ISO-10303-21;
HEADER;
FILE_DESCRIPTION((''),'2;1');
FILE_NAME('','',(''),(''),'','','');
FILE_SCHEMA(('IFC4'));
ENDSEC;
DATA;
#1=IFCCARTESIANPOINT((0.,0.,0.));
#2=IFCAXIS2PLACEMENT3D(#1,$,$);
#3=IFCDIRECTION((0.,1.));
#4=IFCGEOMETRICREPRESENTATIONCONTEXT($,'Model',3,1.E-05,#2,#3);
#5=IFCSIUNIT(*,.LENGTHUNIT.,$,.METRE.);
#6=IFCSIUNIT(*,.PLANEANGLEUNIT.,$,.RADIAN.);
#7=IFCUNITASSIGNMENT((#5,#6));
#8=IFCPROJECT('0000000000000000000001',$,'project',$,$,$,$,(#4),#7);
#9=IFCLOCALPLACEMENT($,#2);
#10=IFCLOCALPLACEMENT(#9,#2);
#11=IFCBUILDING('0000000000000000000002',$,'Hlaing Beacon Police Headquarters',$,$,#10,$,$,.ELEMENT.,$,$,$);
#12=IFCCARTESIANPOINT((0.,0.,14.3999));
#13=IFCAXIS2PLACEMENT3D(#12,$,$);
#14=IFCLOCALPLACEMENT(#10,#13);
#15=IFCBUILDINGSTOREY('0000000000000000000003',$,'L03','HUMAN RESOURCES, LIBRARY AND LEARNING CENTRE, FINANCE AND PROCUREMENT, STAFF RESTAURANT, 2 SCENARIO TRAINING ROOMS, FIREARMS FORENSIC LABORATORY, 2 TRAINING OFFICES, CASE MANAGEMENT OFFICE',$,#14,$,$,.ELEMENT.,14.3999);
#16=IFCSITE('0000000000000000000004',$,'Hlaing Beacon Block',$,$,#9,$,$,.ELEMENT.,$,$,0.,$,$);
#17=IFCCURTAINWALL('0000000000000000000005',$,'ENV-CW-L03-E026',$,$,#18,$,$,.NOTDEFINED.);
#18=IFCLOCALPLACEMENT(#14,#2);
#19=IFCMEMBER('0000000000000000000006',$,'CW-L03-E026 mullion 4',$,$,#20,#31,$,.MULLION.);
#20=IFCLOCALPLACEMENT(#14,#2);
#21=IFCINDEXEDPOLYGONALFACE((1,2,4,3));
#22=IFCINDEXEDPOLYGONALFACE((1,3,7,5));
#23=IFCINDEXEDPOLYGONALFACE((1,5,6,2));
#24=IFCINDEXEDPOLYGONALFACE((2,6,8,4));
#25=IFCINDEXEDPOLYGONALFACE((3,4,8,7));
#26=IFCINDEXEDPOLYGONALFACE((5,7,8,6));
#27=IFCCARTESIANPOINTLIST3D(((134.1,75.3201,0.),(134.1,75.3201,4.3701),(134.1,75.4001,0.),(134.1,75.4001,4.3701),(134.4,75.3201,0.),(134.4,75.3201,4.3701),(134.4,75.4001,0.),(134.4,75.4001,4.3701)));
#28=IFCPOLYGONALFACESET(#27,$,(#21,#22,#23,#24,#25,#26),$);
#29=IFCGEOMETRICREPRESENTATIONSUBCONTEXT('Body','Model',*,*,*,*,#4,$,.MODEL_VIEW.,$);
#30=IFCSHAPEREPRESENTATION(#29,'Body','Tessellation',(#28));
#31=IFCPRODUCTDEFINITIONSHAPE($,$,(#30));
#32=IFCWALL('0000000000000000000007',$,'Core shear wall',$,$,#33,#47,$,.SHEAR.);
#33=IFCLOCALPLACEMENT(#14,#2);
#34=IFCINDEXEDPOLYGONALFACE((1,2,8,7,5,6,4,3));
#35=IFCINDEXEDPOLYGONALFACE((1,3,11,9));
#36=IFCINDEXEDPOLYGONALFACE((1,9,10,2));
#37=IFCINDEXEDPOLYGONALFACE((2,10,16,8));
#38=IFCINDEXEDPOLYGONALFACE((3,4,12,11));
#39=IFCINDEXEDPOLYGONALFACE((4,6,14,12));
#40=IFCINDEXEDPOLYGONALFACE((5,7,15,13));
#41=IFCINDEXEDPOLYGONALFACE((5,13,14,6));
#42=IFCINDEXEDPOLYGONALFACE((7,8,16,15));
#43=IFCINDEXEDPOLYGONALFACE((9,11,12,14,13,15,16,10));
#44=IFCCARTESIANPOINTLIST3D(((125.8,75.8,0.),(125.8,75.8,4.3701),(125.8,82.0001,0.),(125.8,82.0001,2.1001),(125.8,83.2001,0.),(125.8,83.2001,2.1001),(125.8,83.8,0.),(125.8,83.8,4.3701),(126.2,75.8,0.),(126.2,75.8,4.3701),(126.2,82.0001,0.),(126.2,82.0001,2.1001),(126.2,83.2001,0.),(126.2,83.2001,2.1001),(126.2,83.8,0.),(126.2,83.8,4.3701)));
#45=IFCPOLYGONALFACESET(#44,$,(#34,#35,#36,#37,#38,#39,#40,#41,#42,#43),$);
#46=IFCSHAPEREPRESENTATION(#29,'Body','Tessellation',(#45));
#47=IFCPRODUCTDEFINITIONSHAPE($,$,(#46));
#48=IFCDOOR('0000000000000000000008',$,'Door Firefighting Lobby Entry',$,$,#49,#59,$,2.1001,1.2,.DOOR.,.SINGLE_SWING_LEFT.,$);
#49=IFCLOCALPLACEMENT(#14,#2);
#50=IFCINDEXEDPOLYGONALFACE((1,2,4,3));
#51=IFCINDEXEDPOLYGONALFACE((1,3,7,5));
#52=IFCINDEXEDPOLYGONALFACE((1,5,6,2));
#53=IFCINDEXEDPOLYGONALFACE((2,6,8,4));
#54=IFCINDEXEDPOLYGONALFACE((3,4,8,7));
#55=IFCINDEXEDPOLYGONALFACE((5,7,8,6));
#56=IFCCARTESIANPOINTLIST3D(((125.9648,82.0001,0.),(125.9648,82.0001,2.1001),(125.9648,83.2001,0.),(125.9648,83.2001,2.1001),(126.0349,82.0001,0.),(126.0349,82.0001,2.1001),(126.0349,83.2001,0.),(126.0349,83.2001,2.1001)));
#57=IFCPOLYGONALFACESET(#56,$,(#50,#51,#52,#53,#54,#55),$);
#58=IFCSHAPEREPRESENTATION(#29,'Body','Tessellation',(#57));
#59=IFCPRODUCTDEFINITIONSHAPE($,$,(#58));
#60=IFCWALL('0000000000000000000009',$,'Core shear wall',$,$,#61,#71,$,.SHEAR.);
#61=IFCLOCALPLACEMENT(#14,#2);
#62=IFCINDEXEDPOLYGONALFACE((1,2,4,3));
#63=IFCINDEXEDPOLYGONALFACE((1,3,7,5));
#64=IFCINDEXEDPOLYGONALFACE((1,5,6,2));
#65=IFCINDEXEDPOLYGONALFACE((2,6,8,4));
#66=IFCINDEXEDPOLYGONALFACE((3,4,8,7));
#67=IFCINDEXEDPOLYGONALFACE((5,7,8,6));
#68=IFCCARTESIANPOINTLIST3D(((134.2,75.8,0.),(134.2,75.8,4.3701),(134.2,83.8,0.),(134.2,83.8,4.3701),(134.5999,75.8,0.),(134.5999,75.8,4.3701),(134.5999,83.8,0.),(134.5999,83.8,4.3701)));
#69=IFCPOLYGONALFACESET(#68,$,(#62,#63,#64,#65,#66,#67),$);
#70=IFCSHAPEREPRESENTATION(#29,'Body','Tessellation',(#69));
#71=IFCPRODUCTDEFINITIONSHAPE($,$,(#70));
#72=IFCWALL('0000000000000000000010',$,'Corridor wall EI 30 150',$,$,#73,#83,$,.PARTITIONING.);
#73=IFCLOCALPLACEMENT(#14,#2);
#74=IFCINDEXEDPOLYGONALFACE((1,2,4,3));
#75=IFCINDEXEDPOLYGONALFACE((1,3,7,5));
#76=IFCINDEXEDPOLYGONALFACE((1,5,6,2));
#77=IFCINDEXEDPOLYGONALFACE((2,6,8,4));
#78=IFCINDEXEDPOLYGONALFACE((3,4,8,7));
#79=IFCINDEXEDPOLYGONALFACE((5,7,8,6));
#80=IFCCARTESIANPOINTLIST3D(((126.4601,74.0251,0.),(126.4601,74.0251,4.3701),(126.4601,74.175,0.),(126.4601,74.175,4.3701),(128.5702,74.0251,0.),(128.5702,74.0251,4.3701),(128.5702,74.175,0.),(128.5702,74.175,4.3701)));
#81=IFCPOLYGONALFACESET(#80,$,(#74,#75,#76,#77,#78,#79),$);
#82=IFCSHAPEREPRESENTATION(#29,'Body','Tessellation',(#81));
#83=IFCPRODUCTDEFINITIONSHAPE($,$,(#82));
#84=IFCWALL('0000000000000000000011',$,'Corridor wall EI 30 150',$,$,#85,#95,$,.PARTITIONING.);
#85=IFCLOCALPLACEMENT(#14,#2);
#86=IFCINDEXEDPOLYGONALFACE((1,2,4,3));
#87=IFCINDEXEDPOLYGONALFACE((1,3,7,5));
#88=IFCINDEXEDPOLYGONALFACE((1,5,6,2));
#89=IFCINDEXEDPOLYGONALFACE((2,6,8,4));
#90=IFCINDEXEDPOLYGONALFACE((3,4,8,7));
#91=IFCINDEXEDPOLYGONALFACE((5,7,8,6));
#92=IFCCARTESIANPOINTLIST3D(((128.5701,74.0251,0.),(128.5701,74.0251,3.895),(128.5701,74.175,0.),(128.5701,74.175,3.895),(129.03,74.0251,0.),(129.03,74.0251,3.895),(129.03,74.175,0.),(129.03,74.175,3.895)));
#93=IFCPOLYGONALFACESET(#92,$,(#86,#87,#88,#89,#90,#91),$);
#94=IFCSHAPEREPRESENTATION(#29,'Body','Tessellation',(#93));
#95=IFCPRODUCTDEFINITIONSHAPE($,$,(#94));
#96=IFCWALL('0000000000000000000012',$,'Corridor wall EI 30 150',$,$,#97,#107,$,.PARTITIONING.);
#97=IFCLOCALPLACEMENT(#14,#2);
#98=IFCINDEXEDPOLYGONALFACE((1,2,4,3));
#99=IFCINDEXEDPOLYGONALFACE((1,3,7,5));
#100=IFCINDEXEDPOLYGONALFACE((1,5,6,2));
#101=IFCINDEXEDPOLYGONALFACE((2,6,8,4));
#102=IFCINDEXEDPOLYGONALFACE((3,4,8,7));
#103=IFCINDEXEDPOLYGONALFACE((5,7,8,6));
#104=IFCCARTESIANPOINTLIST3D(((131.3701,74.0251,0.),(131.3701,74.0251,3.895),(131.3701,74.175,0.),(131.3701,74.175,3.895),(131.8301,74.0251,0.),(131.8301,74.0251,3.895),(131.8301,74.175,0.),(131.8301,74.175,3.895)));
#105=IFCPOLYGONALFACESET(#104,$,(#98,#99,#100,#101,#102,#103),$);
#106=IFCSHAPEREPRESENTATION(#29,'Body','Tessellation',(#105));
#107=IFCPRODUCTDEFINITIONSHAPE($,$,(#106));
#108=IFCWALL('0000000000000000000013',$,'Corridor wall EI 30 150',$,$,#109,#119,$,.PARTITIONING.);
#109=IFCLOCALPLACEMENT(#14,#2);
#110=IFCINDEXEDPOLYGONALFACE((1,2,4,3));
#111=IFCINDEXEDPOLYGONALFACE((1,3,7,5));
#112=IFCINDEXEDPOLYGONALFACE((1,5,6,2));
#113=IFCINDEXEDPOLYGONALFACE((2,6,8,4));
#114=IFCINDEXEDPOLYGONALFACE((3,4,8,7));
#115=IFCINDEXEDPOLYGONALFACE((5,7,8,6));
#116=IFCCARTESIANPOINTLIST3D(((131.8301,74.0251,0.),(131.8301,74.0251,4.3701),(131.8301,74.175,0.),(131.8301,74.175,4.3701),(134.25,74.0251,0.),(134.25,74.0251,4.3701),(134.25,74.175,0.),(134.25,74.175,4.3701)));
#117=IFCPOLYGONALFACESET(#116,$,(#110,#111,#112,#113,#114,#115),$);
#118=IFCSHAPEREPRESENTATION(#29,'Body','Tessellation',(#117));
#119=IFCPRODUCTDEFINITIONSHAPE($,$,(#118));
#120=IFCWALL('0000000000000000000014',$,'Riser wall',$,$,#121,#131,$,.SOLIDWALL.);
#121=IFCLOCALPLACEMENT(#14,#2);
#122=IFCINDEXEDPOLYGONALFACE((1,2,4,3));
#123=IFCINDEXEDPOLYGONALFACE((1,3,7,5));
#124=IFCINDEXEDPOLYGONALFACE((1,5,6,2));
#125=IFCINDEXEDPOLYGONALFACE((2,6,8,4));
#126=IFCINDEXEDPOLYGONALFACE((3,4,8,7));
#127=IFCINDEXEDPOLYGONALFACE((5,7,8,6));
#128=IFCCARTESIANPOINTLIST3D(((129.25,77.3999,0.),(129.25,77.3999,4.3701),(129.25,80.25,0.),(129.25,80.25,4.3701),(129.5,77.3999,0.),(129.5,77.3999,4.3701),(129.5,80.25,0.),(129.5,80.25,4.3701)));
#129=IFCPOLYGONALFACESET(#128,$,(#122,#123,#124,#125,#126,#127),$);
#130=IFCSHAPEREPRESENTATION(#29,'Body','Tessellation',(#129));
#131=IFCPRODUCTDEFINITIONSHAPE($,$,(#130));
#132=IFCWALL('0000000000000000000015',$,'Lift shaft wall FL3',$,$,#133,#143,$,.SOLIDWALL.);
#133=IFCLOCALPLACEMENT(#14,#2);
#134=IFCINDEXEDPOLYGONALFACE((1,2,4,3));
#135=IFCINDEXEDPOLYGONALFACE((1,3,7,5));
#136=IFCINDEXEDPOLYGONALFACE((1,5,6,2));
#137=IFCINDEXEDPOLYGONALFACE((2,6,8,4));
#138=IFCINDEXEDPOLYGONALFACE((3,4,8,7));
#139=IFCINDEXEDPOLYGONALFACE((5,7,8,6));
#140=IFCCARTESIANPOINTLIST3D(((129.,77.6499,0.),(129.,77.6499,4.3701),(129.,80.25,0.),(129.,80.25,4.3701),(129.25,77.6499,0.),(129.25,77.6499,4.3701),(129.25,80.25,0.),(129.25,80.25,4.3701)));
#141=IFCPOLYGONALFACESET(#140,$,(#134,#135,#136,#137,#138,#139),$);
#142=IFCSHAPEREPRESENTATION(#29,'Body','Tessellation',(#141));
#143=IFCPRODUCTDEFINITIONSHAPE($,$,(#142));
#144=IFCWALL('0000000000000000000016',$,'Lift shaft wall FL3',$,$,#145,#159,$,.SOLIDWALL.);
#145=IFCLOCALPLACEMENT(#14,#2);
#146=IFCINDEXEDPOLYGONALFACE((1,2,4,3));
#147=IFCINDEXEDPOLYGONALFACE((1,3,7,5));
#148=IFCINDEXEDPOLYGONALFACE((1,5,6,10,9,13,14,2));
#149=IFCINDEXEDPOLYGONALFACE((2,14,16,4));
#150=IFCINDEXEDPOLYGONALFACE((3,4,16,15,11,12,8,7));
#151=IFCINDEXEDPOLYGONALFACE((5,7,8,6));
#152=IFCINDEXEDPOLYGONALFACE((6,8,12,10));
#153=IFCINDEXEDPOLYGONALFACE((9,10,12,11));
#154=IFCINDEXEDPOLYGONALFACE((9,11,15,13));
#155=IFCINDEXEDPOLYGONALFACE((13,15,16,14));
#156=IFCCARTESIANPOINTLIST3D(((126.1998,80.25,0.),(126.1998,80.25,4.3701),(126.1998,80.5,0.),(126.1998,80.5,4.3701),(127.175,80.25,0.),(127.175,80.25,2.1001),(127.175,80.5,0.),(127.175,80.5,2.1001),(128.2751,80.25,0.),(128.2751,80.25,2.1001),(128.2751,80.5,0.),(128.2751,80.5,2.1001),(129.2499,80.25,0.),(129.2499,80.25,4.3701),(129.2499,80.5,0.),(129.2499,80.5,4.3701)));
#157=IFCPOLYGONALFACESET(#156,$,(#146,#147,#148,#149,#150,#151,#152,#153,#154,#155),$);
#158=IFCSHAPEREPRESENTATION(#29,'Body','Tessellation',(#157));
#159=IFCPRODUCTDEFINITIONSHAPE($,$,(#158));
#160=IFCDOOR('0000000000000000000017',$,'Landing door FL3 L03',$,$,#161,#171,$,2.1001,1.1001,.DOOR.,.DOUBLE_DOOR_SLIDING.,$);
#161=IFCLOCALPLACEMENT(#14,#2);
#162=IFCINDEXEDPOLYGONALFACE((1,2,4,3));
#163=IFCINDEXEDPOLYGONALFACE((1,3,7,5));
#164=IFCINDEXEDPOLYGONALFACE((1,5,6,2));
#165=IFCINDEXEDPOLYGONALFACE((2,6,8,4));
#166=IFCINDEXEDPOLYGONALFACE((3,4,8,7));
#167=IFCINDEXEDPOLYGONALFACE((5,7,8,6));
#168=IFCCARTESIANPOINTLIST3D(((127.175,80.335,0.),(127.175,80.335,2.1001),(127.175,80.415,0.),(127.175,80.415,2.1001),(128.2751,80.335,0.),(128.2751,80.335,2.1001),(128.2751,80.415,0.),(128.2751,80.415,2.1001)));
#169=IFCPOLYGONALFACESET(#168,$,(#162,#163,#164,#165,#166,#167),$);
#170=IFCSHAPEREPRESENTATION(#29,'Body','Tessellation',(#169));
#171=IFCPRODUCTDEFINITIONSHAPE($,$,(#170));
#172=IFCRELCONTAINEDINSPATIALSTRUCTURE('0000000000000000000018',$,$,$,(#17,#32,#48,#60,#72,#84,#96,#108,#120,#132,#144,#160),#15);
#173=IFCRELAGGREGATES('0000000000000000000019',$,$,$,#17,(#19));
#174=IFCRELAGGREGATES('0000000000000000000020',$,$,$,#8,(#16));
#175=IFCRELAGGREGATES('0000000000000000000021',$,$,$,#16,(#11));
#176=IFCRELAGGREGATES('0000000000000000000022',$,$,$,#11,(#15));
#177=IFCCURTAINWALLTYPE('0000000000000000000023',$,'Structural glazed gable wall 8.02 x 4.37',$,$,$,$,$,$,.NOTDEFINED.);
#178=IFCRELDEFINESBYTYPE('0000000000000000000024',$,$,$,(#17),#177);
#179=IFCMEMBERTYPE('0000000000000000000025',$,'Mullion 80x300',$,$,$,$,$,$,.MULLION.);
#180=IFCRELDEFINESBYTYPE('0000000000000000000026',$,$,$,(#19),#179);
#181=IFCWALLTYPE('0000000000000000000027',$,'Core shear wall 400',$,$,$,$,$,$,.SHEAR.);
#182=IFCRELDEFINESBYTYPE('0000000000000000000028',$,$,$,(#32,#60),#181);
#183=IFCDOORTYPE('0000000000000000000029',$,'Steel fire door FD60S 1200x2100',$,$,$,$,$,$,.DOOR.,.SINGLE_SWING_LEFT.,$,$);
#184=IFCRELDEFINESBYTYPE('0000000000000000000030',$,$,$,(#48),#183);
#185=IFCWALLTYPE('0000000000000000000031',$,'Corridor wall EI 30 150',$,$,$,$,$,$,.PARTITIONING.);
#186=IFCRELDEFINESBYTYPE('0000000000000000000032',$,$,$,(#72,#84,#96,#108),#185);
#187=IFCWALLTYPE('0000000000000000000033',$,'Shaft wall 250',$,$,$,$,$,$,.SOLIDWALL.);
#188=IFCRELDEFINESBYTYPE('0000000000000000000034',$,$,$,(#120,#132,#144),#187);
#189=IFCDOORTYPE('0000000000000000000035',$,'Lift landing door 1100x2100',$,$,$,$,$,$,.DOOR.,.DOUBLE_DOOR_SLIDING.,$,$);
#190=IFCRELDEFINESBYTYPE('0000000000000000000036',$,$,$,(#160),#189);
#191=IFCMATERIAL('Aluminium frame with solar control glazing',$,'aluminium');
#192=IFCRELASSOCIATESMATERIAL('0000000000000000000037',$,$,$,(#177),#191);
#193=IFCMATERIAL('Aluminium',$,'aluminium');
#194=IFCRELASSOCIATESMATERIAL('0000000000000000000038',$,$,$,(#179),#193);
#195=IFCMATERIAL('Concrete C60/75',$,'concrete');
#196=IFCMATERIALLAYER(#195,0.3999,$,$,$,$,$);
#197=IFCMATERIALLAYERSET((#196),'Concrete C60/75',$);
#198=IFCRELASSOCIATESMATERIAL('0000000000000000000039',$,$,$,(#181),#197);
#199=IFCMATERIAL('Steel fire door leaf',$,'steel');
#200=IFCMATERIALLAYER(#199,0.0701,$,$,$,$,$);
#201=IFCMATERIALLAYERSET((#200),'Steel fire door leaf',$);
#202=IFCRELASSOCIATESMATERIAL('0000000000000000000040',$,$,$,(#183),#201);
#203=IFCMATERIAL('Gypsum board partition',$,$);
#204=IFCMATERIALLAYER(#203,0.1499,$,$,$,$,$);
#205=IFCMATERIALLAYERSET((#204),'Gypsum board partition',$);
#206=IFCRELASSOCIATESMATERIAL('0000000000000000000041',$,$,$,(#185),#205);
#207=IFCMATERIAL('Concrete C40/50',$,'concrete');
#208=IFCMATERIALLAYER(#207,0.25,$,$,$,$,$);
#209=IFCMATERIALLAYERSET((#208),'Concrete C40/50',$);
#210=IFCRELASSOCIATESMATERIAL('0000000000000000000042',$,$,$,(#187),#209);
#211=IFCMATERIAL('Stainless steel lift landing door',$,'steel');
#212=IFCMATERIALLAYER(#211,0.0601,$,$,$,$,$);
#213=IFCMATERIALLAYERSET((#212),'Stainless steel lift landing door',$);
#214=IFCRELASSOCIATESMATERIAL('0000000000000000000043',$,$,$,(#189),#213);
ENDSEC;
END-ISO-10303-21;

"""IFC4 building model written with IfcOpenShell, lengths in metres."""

from ifc_helpers import new_model, si_unit, direction, frame, frame_2d, origin, origin_2d, place, context, subcontext, project, spatial, rectangle, extrude, material, layer, layer_set, material_profile, profile_set, type_object, element, fill, aggregate, save


model = new_model("IFC4")

# Units and contexts
model_context = context("Model", 3, precision=1e-05, world=origin(), true_north=direction((0.0, 1.0)))
body_context = subcontext(model_context, "Body", "Model", "MODEL_VIEW")
ifc_project = project(units=[si_unit("LENGTHUNIT", "METRE"), si_unit("PLANEANGLEUNIT", "RADIAN")], contexts=[model_context])

# Site, building, storey
site_placement = place(None, origin())
site = spatial("IfcSite", under=ifc_project, at=site_placement, Name="Hlaing Beacon Block", CompositionType="ELEMENT", RefElevation=0.0)
building_placement = place(site_placement, origin())
building = spatial("IfcBuilding", under=site, at=building_placement, Name="Hlaing Beacon Police Headquarters", CompositionType="ELEMENT")
storey_placement = place(building_placement, frame((0.0, 0.0, 14.3999)))
storey = spatial("IfcBuildingStorey", under=building, at=storey_placement, Name="L03", Description="HUMAN RESOURCES, LIBRARY AND LEARNING CENTRE, FINANCE AND PROCUREMENT, STAFF RESTAURANT, 2 SCENARIO TRAINING ROOMS, FIREARMS FORENSIC LABORATORY, 2 TRAINING OFFICES, CASE MANAGEMENT OFFICE", CompositionType="ELEMENT", Elevation=14.3999)

# Curtain wall, member
ifc_material_1 = material(Name="Aluminium frame with solar control glazing", Category="aluminium")
curtain_wall_type = type_object("IfcCurtainWallType", Name="Structural glazed gable wall 8.02 x 4.37", PredefinedType="NOTDEFINED", material=ifc_material_1)
curtain_wall_placement = place(storey_placement, origin())
curtain_wall = element("IfcCurtainWall", 1, at=curtain_wall_placement, inside=storey, type_object=curtain_wall_type, Name="ENV-CW-L03-E026", PredefinedType="NOTDEFINED")
ifc_material_2 = material(Name="Aluminium", Category="aluminium")
ifc_material_profile = material_profile(ifc_material_2, rectangle(XDim=0.3, YDim=0.0801, at=origin_2d()), Name="Mullion 80x300")
ifc_profile_set = profile_set([ifc_material_profile], Name="Aluminium")
member_type = type_object("IfcMemberType", Name="Mullion 80x300", PredefinedType="MULLION", material=ifc_profile_set)
member_placement = place(storey_placement, frame((134.25, 75.3601, 0.0), z_axis=(0.0, 0.0, 1.0), x_axis=(-1.0, 0.0, 0.0)))
member = element("IfcMember", 2, at=member_placement, type_object=member_type, Name="CW-L03-E026 mullion 4", PredefinedType="MULLION", context=body_context, shape_type="SweptSolid", body=[
    extrude(rectangle(XDim=0.3, YDim=0.0801, at=origin_2d()), origin(), (0.0, 0.0, 1.0), 4.3701),
])
aggregate(curtain_wall, [member])

# Wall, opening, door
ifc_material_3 = material(Name="Concrete C60/75", Category="concrete")
ifc_layer_1 = layer(ifc_material_3, 0.3999)
ifc_layer_set_1 = layer_set([ifc_layer_1], Name="Concrete C60/75")
wall_type_1 = type_object("IfcWallType", Name="Core shear wall 400", PredefinedType="SHEAR", material=ifc_layer_set_1)
wall_1_placement = place(storey_placement, frame((126.0, 75.8, 0.0), z_axis=(0.0, 0.0, 1.0), x_axis=(0.0, 1.0, 0.0)))
wall_1 = element("IfcWall", 3, at=wall_1_placement, inside=storey, type_object=wall_type_1, Name="Core shear wall", PredefinedType="SHEAR", context=body_context, shape_type="SweptSolid", body=[
    extrude(rectangle(XDim=8.0, YDim=0.3999, at=frame_2d((4.0, 0.0))), origin(), (0.0, 0.0, 1.0), 4.3701),
])
opening_1_placement = place(wall_1_placement, frame((6.2, 0.0, 0.0)))
opening_1 = element("IfcOpeningElement", 4, at=opening_1_placement, cuts=wall_1, PredefinedType="OPENING", context=body_context, shape_type="SweptSolid", body=[
    extrude(rectangle(XDim=1.2, YDim=2.1001, at=frame_2d((0.6001, 1.05))), frame((0.0, 0.21, 0.0), z_axis=(0.0, -1.0, 0.0), x_axis=(1.0, 0.0, 0.0)), (0.0, 0.0, 1.0), 0.4199),
])
ifc_material_4 = material(Name="Steel fire door leaf", Category="steel")
ifc_layer_2 = layer(ifc_material_4, 0.0701)
ifc_layer_set_2 = layer_set([ifc_layer_2], Name="Steel fire door leaf")
door_type_1 = type_object("IfcDoorType", Name="Steel fire door FD60S 1200x2100", OperationType="SINGLE_SWING_LEFT", PredefinedType="DOOR", material=ifc_layer_set_2)
door_1_placement = place(opening_1_placement, frame((1.2, 0.0, 0.0), z_axis=(0.0, 0.0, 1.0), x_axis=(-1.0, 0.0, 0.0)))
door_1 = element("IfcDoor", 5, at=door_1_placement, inside=storey, type_object=door_type_1, Name="Door Firefighting Lobby Entry", OperationType="SINGLE_SWING_LEFT", OverallHeight=2.1001, OverallWidth=1.2, PredefinedType="DOOR", context=body_context, shape_type="SweptSolid", body=[
    extrude(rectangle(XDim=1.2, YDim=2.1001, at=frame_2d((0.5999, 1.05))), frame((0.0, 0.0349, 0.0), z_axis=(0.0, -1.0, 0.0), x_axis=(1.0, 0.0, 0.0)), (0.0, 0.0, 1.0), 0.0701),
])
fill(opening_1, door_1)

# Walls
wall_2_placement = place(storey_placement, frame((134.3999, 75.8, 0.0), z_axis=(0.0, 0.0, 1.0), x_axis=(0.0, 1.0, 0.0)))
element("IfcWall", 6, at=wall_2_placement, inside=storey, type_object=wall_type_1, Name="Core shear wall", PredefinedType="SHEAR", context=body_context, shape_type="SweptSolid", body=[
    extrude(rectangle(XDim=8.0, YDim=0.3999, at=frame_2d((4.0, 0.0))), origin(), (0.0, 0.0, 1.0), 4.3701),
])
ifc_material_5 = material(Name="Gypsum board partition")
ifc_layer_3 = layer(ifc_material_5, 0.1499)
ifc_layer_set_3 = layer_set([ifc_layer_3], Name="Gypsum board partition")
wall_type_2 = type_object("IfcWallType", Name="Corridor wall EI 30 150", PredefinedType="PARTITIONING", material=ifc_layer_set_3)
wall_3_placement = place(storey_placement, frame((126.46, 74.1001, 0.0), z_axis=(0.0, 0.0, 1.0), x_axis=(1.0, 0.0, 0.0)))
element("IfcWall", 7, at=wall_3_placement, inside=storey, type_object=wall_type_2, Name="Corridor wall EI 30 150", PredefinedType="PARTITIONING", context=body_context, shape_type="SweptSolid", body=[
    extrude(rectangle(XDim=2.1101, YDim=0.1499, at=frame_2d((1.0552, 0.0))), origin(), (0.0, 0.0, 1.0), 4.3701),
])
wall_4_placement = place(storey_placement, frame((128.5701, 74.1001, 0.0), z_axis=(0.0, 0.0, 1.0), x_axis=(1.0, 0.0, 0.0)))
element("IfcWall", 8, at=wall_4_placement, inside=storey, type_object=wall_type_2, Name="Corridor wall EI 30 150", PredefinedType="PARTITIONING", context=body_context, shape_type="SweptSolid", body=[
    extrude(rectangle(XDim=0.46, YDim=0.1499, at=frame_2d((0.23, 0.0))), origin(), (0.0, 0.0, 1.0), 3.895),
])

# Walls
wall_5_placement = place(storey_placement, frame((131.3701, 74.1001, 0.0), z_axis=(0.0, 0.0, 1.0), x_axis=(1.0, 0.0, 0.0)))
element("IfcWall", 9, at=wall_5_placement, inside=storey, type_object=wall_type_2, Name="Corridor wall EI 30 150", PredefinedType="PARTITIONING", context=body_context, shape_type="SweptSolid", body=[
    extrude(rectangle(XDim=0.46, YDim=0.1499, at=frame_2d((0.23, 0.0))), origin(), (0.0, 0.0, 1.0), 3.895),
])
wall_6_placement = place(storey_placement, frame((131.8301, 74.1001, 0.0), z_axis=(0.0, 0.0, 1.0), x_axis=(1.0, 0.0, 0.0)))
element("IfcWall", 10, at=wall_6_placement, inside=storey, type_object=wall_type_2, Name="Corridor wall EI 30 150", PredefinedType="PARTITIONING", context=body_context, shape_type="SweptSolid", body=[
    extrude(rectangle(XDim=2.4199, YDim=0.1499, at=frame_2d((1.21, 0.0))), origin(), (0.0, 0.0, 1.0), 4.3701),
])
ifc_material_6 = material(Name="Concrete C40/50", Category="concrete")
ifc_layer_4 = layer(ifc_material_6, 0.25)
ifc_layer_set_4 = layer_set([ifc_layer_4], Name="Concrete C40/50")
wall_type_3 = type_object("IfcWallType", Name="Shaft wall 250", PredefinedType="SOLIDWALL", material=ifc_layer_set_4)
wall_7_placement = place(storey_placement, frame((129.375, 80.25, 0.0), z_axis=(0.0, 0.0, 1.0), x_axis=(0.0, -1.0, 0.0)))
element("IfcWall", 11, at=wall_7_placement, inside=storey, type_object=wall_type_3, Name="Riser wall", PredefinedType="SOLIDWALL", context=body_context, shape_type="SweptSolid", body=[
    extrude(rectangle(XDim=2.8501, YDim=0.25, at=frame_2d((1.425, 0.0))), origin(), (0.0, 0.0, 1.0), 4.3701),
])
wall_8_placement = place(storey_placement, frame((129.125, 77.6499, 0.0), z_axis=(0.0, 0.0, 1.0), x_axis=(0.0, 1.0, 0.0)))
element("IfcWall", 12, at=wall_8_placement, inside=storey, type_object=wall_type_3, Name="Lift shaft wall FL3", PredefinedType="SOLIDWALL", context=body_context, shape_type="SweptSolid", body=[
    extrude(rectangle(XDim=2.6001, YDim=0.25, at=frame_2d((1.3, 0.0))), origin(), (0.0, 0.0, 1.0), 4.3701),
])

# Wall, opening, door
wall_9_placement = place(storey_placement, frame((126.2, 80.375, 0.0), z_axis=(0.0, 0.0, 1.0), x_axis=(1.0, 0.0, 0.0)))
wall_9 = element("IfcWall", 13, at=wall_9_placement, inside=storey, type_object=wall_type_3, Name="Lift shaft wall FL3", PredefinedType="SOLIDWALL", context=body_context, shape_type="SweptSolid", body=[
    extrude(rectangle(XDim=3.05, YDim=0.25, at=frame_2d((1.5249, 0.0))), origin(), (0.0, 0.0, 1.0), 4.3701),
])
opening_2_placement = place(wall_9_placement, frame((0.9751, 0.0, 0.0)))
opening_2 = element("IfcOpeningElement", 14, at=opening_2_placement, cuts=wall_9, PredefinedType="OPENING", context=body_context, shape_type="SweptSolid", body=[
    extrude(rectangle(XDim=1.1001, YDim=2.1001, at=frame_2d((0.55, 1.05))), frame((0.0, 0.135, 0.0), z_axis=(0.0, -1.0, 0.0), x_axis=(1.0, 0.0, 0.0)), (0.0, 0.0, 1.0), 0.27),
])
ifc_material_7 = material(Name="Stainless steel lift landing door", Category="steel")
ifc_layer_5 = layer(ifc_material_7, 0.0601)
ifc_layer_set_5 = layer_set([ifc_layer_5], Name="Stainless steel lift landing door")
door_type_2 = type_object("IfcDoorType", Name="Lift landing door 1100x2100", OperationType="DOUBLE_DOOR_SLIDING", PredefinedType="DOOR", material=ifc_layer_set_5)
door_2_placement = place(opening_2_placement, origin())
door_2 = element("IfcDoor", 15, at=door_2_placement, inside=storey, type_object=door_type_2, Name="Landing door FL3 L03", OperationType="DOUBLE_DOOR_SLIDING", OverallHeight=2.1001, OverallWidth=1.1001, PredefinedType="DOOR", context=body_context, shape_type="SweptSolid", body=[
    extrude(rectangle(XDim=1.1001, YDim=2.1001, at=frame_2d((0.55, 1.05))), frame((0.0, 0.04, 0.0), z_axis=(0.0, -1.0, 0.0), x_axis=(1.0, 0.0, 0.0)), (0.0, 0.0, 1.0), 0.0801),
])
fill(opening_2, door_2)

save(model, "model.ifc")
